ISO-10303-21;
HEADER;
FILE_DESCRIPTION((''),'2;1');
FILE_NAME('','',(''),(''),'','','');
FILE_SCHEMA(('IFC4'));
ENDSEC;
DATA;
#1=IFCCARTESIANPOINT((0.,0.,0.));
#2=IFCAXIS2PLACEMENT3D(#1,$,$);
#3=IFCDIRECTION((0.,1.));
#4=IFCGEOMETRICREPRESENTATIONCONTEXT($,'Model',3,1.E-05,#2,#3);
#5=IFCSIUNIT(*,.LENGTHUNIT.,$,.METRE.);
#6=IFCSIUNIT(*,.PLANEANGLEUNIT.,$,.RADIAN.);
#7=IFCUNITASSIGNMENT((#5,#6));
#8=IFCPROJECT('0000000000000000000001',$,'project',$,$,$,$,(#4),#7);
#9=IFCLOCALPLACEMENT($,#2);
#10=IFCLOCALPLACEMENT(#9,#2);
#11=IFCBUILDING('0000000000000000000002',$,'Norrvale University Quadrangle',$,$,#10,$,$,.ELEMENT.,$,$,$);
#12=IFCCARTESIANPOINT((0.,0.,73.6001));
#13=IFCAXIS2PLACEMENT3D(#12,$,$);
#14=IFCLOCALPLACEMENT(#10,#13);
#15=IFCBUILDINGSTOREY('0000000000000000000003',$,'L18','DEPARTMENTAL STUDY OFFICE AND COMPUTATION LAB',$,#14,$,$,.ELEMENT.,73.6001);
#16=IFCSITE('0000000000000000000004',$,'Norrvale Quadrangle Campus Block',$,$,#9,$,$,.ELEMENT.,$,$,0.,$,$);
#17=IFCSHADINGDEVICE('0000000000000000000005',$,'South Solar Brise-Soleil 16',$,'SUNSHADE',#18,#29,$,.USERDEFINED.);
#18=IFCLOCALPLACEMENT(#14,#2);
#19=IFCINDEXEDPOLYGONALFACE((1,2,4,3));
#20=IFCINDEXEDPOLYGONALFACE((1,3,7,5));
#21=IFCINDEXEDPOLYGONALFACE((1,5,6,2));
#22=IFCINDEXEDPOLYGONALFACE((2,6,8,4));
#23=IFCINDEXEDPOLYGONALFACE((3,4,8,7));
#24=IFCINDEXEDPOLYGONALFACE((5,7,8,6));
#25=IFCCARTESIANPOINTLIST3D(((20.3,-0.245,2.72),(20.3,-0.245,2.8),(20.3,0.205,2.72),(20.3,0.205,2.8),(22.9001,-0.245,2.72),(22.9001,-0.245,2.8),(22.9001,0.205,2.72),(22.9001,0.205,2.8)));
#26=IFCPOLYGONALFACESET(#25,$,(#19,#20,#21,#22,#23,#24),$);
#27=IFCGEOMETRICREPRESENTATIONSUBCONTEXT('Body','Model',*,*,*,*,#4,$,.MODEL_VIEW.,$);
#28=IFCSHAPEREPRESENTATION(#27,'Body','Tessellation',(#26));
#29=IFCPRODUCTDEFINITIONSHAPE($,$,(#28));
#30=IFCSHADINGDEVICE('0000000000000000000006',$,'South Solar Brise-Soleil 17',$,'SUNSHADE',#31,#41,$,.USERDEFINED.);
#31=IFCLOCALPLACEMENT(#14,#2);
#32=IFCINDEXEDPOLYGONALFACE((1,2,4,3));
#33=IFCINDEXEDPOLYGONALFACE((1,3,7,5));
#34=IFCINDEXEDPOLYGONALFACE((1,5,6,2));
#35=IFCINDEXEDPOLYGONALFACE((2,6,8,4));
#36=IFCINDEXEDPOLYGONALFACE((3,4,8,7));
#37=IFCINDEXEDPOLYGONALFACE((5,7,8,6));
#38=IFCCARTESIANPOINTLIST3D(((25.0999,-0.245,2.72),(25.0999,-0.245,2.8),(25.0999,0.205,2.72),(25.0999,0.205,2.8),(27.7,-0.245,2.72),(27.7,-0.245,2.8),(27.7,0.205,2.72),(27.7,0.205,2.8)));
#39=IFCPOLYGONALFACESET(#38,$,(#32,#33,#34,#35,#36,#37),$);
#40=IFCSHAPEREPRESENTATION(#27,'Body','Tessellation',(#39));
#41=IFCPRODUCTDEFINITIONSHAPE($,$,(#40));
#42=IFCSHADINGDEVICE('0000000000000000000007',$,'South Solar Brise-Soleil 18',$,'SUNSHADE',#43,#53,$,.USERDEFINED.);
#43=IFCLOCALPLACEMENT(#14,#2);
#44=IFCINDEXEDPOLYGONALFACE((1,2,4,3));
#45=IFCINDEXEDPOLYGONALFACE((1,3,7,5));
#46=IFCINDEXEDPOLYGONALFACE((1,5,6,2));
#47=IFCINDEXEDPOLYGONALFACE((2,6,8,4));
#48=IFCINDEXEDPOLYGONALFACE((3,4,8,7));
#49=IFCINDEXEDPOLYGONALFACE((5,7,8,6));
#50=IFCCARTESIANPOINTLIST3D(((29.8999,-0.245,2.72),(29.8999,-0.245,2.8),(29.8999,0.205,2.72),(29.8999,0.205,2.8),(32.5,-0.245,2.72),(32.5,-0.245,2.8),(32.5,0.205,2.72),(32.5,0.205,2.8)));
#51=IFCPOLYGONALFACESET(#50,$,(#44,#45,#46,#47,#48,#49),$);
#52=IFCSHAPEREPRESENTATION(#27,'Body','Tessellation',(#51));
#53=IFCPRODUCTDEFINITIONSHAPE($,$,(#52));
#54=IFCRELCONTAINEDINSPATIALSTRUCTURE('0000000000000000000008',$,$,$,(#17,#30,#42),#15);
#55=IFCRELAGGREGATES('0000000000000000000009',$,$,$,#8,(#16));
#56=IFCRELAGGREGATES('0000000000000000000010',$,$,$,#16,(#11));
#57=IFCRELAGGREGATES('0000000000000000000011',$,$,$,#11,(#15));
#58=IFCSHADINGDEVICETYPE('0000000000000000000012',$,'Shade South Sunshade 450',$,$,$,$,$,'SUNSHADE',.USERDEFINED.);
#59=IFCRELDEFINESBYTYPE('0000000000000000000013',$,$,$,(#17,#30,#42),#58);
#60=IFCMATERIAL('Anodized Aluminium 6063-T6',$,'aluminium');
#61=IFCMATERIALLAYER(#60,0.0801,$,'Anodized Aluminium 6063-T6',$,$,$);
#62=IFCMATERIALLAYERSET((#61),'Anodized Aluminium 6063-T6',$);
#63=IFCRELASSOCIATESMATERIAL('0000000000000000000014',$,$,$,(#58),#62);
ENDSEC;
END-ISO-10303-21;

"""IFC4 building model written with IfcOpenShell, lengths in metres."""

from ifc_helpers import new_model, si_unit, direction, frame, origin, origin_2d, place, context, subcontext, project, spatial, rectangle, extrude, material, layer, layer_set, type_object, element, save


model = new_model("IFC4")

# Units and contexts
model_context = context("Model", 3, precision=1e-05, world=origin(), true_north=direction((0.0, 1.0)))
body_context = subcontext(model_context, "Body", "Model", "MODEL_VIEW")
ifc_project = project(units=[si_unit("LENGTHUNIT", "METRE"), si_unit("PLANEANGLEUNIT", "RADIAN")], contexts=[model_context])

# Site, building, storey
site_placement = place(None, origin())
site = spatial("IfcSite", under=ifc_project, at=site_placement, Name="Norrvale Quadrangle Campus Block", CompositionType="ELEMENT", RefElevation=0.0)
building_placement = place(site_placement, origin())
building = spatial("IfcBuilding", under=site, at=building_placement, Name="Norrvale University Quadrangle", CompositionType="ELEMENT")
storey_placement = place(building_placement, frame((0.0, 0.0, 73.6001)))
storey = spatial("IfcBuildingStorey", under=building, at=storey_placement, Name="L18", Description="DEPARTMENTAL STUDY OFFICE AND COMPUTATION LAB", CompositionType="ELEMENT", Elevation=73.6001)

# Shading devices
ifc_material_1 = material(Name="Anodized Aluminium 6063-T6", Category="aluminium")
ifc_layer_1 = layer(ifc_material_1, 0.0801, Name="Anodized Aluminium 6063-T6")
ifc_layer_set_1 = layer_set([ifc_layer_1], Name="Anodized Aluminium 6063-T6")
shading_device_type = type_object("IfcShadingDeviceType", Name="Shade South Sunshade 450", ElementType="SUNSHADE", PredefinedType="USERDEFINED", material=ifc_layer_set_1)
for number, where, z_axis, x_axis, name in (
    (1, (21.6001, -0.02, 2.72), (0.0, 0.0, 1.0), (1.0, 0.0, 0.0), "South Solar Brise-Soleil 16"),
    (2, (26.3999, -0.02, 2.72), (0.0, 0.0, 1.0), (1.0, 0.0, 0.0), "South Solar Brise-Soleil 17"),
    (3, (31.2, -0.02, 2.72), (0.0, 0.0, 1.0), (1.0, 0.0, 0.0), "South Solar Brise-Soleil 18"),
):
    element("IfcShadingDevice", number, at=place(storey_placement, frame(where, z_axis=z_axis, x_axis=x_axis)), inside=storey, type_object=shading_device_type, Name=name, ObjectType="SUNSHADE", PredefinedType="USERDEFINED", context=body_context, shape_type="SweptSolid", body=[
        extrude(rectangle(XDim=2.6001, YDim=0.45, at=origin_2d()), origin(), (0.0, 0.0, 1.0), 0.0801),
    ])

save(model, "model.ifc")
